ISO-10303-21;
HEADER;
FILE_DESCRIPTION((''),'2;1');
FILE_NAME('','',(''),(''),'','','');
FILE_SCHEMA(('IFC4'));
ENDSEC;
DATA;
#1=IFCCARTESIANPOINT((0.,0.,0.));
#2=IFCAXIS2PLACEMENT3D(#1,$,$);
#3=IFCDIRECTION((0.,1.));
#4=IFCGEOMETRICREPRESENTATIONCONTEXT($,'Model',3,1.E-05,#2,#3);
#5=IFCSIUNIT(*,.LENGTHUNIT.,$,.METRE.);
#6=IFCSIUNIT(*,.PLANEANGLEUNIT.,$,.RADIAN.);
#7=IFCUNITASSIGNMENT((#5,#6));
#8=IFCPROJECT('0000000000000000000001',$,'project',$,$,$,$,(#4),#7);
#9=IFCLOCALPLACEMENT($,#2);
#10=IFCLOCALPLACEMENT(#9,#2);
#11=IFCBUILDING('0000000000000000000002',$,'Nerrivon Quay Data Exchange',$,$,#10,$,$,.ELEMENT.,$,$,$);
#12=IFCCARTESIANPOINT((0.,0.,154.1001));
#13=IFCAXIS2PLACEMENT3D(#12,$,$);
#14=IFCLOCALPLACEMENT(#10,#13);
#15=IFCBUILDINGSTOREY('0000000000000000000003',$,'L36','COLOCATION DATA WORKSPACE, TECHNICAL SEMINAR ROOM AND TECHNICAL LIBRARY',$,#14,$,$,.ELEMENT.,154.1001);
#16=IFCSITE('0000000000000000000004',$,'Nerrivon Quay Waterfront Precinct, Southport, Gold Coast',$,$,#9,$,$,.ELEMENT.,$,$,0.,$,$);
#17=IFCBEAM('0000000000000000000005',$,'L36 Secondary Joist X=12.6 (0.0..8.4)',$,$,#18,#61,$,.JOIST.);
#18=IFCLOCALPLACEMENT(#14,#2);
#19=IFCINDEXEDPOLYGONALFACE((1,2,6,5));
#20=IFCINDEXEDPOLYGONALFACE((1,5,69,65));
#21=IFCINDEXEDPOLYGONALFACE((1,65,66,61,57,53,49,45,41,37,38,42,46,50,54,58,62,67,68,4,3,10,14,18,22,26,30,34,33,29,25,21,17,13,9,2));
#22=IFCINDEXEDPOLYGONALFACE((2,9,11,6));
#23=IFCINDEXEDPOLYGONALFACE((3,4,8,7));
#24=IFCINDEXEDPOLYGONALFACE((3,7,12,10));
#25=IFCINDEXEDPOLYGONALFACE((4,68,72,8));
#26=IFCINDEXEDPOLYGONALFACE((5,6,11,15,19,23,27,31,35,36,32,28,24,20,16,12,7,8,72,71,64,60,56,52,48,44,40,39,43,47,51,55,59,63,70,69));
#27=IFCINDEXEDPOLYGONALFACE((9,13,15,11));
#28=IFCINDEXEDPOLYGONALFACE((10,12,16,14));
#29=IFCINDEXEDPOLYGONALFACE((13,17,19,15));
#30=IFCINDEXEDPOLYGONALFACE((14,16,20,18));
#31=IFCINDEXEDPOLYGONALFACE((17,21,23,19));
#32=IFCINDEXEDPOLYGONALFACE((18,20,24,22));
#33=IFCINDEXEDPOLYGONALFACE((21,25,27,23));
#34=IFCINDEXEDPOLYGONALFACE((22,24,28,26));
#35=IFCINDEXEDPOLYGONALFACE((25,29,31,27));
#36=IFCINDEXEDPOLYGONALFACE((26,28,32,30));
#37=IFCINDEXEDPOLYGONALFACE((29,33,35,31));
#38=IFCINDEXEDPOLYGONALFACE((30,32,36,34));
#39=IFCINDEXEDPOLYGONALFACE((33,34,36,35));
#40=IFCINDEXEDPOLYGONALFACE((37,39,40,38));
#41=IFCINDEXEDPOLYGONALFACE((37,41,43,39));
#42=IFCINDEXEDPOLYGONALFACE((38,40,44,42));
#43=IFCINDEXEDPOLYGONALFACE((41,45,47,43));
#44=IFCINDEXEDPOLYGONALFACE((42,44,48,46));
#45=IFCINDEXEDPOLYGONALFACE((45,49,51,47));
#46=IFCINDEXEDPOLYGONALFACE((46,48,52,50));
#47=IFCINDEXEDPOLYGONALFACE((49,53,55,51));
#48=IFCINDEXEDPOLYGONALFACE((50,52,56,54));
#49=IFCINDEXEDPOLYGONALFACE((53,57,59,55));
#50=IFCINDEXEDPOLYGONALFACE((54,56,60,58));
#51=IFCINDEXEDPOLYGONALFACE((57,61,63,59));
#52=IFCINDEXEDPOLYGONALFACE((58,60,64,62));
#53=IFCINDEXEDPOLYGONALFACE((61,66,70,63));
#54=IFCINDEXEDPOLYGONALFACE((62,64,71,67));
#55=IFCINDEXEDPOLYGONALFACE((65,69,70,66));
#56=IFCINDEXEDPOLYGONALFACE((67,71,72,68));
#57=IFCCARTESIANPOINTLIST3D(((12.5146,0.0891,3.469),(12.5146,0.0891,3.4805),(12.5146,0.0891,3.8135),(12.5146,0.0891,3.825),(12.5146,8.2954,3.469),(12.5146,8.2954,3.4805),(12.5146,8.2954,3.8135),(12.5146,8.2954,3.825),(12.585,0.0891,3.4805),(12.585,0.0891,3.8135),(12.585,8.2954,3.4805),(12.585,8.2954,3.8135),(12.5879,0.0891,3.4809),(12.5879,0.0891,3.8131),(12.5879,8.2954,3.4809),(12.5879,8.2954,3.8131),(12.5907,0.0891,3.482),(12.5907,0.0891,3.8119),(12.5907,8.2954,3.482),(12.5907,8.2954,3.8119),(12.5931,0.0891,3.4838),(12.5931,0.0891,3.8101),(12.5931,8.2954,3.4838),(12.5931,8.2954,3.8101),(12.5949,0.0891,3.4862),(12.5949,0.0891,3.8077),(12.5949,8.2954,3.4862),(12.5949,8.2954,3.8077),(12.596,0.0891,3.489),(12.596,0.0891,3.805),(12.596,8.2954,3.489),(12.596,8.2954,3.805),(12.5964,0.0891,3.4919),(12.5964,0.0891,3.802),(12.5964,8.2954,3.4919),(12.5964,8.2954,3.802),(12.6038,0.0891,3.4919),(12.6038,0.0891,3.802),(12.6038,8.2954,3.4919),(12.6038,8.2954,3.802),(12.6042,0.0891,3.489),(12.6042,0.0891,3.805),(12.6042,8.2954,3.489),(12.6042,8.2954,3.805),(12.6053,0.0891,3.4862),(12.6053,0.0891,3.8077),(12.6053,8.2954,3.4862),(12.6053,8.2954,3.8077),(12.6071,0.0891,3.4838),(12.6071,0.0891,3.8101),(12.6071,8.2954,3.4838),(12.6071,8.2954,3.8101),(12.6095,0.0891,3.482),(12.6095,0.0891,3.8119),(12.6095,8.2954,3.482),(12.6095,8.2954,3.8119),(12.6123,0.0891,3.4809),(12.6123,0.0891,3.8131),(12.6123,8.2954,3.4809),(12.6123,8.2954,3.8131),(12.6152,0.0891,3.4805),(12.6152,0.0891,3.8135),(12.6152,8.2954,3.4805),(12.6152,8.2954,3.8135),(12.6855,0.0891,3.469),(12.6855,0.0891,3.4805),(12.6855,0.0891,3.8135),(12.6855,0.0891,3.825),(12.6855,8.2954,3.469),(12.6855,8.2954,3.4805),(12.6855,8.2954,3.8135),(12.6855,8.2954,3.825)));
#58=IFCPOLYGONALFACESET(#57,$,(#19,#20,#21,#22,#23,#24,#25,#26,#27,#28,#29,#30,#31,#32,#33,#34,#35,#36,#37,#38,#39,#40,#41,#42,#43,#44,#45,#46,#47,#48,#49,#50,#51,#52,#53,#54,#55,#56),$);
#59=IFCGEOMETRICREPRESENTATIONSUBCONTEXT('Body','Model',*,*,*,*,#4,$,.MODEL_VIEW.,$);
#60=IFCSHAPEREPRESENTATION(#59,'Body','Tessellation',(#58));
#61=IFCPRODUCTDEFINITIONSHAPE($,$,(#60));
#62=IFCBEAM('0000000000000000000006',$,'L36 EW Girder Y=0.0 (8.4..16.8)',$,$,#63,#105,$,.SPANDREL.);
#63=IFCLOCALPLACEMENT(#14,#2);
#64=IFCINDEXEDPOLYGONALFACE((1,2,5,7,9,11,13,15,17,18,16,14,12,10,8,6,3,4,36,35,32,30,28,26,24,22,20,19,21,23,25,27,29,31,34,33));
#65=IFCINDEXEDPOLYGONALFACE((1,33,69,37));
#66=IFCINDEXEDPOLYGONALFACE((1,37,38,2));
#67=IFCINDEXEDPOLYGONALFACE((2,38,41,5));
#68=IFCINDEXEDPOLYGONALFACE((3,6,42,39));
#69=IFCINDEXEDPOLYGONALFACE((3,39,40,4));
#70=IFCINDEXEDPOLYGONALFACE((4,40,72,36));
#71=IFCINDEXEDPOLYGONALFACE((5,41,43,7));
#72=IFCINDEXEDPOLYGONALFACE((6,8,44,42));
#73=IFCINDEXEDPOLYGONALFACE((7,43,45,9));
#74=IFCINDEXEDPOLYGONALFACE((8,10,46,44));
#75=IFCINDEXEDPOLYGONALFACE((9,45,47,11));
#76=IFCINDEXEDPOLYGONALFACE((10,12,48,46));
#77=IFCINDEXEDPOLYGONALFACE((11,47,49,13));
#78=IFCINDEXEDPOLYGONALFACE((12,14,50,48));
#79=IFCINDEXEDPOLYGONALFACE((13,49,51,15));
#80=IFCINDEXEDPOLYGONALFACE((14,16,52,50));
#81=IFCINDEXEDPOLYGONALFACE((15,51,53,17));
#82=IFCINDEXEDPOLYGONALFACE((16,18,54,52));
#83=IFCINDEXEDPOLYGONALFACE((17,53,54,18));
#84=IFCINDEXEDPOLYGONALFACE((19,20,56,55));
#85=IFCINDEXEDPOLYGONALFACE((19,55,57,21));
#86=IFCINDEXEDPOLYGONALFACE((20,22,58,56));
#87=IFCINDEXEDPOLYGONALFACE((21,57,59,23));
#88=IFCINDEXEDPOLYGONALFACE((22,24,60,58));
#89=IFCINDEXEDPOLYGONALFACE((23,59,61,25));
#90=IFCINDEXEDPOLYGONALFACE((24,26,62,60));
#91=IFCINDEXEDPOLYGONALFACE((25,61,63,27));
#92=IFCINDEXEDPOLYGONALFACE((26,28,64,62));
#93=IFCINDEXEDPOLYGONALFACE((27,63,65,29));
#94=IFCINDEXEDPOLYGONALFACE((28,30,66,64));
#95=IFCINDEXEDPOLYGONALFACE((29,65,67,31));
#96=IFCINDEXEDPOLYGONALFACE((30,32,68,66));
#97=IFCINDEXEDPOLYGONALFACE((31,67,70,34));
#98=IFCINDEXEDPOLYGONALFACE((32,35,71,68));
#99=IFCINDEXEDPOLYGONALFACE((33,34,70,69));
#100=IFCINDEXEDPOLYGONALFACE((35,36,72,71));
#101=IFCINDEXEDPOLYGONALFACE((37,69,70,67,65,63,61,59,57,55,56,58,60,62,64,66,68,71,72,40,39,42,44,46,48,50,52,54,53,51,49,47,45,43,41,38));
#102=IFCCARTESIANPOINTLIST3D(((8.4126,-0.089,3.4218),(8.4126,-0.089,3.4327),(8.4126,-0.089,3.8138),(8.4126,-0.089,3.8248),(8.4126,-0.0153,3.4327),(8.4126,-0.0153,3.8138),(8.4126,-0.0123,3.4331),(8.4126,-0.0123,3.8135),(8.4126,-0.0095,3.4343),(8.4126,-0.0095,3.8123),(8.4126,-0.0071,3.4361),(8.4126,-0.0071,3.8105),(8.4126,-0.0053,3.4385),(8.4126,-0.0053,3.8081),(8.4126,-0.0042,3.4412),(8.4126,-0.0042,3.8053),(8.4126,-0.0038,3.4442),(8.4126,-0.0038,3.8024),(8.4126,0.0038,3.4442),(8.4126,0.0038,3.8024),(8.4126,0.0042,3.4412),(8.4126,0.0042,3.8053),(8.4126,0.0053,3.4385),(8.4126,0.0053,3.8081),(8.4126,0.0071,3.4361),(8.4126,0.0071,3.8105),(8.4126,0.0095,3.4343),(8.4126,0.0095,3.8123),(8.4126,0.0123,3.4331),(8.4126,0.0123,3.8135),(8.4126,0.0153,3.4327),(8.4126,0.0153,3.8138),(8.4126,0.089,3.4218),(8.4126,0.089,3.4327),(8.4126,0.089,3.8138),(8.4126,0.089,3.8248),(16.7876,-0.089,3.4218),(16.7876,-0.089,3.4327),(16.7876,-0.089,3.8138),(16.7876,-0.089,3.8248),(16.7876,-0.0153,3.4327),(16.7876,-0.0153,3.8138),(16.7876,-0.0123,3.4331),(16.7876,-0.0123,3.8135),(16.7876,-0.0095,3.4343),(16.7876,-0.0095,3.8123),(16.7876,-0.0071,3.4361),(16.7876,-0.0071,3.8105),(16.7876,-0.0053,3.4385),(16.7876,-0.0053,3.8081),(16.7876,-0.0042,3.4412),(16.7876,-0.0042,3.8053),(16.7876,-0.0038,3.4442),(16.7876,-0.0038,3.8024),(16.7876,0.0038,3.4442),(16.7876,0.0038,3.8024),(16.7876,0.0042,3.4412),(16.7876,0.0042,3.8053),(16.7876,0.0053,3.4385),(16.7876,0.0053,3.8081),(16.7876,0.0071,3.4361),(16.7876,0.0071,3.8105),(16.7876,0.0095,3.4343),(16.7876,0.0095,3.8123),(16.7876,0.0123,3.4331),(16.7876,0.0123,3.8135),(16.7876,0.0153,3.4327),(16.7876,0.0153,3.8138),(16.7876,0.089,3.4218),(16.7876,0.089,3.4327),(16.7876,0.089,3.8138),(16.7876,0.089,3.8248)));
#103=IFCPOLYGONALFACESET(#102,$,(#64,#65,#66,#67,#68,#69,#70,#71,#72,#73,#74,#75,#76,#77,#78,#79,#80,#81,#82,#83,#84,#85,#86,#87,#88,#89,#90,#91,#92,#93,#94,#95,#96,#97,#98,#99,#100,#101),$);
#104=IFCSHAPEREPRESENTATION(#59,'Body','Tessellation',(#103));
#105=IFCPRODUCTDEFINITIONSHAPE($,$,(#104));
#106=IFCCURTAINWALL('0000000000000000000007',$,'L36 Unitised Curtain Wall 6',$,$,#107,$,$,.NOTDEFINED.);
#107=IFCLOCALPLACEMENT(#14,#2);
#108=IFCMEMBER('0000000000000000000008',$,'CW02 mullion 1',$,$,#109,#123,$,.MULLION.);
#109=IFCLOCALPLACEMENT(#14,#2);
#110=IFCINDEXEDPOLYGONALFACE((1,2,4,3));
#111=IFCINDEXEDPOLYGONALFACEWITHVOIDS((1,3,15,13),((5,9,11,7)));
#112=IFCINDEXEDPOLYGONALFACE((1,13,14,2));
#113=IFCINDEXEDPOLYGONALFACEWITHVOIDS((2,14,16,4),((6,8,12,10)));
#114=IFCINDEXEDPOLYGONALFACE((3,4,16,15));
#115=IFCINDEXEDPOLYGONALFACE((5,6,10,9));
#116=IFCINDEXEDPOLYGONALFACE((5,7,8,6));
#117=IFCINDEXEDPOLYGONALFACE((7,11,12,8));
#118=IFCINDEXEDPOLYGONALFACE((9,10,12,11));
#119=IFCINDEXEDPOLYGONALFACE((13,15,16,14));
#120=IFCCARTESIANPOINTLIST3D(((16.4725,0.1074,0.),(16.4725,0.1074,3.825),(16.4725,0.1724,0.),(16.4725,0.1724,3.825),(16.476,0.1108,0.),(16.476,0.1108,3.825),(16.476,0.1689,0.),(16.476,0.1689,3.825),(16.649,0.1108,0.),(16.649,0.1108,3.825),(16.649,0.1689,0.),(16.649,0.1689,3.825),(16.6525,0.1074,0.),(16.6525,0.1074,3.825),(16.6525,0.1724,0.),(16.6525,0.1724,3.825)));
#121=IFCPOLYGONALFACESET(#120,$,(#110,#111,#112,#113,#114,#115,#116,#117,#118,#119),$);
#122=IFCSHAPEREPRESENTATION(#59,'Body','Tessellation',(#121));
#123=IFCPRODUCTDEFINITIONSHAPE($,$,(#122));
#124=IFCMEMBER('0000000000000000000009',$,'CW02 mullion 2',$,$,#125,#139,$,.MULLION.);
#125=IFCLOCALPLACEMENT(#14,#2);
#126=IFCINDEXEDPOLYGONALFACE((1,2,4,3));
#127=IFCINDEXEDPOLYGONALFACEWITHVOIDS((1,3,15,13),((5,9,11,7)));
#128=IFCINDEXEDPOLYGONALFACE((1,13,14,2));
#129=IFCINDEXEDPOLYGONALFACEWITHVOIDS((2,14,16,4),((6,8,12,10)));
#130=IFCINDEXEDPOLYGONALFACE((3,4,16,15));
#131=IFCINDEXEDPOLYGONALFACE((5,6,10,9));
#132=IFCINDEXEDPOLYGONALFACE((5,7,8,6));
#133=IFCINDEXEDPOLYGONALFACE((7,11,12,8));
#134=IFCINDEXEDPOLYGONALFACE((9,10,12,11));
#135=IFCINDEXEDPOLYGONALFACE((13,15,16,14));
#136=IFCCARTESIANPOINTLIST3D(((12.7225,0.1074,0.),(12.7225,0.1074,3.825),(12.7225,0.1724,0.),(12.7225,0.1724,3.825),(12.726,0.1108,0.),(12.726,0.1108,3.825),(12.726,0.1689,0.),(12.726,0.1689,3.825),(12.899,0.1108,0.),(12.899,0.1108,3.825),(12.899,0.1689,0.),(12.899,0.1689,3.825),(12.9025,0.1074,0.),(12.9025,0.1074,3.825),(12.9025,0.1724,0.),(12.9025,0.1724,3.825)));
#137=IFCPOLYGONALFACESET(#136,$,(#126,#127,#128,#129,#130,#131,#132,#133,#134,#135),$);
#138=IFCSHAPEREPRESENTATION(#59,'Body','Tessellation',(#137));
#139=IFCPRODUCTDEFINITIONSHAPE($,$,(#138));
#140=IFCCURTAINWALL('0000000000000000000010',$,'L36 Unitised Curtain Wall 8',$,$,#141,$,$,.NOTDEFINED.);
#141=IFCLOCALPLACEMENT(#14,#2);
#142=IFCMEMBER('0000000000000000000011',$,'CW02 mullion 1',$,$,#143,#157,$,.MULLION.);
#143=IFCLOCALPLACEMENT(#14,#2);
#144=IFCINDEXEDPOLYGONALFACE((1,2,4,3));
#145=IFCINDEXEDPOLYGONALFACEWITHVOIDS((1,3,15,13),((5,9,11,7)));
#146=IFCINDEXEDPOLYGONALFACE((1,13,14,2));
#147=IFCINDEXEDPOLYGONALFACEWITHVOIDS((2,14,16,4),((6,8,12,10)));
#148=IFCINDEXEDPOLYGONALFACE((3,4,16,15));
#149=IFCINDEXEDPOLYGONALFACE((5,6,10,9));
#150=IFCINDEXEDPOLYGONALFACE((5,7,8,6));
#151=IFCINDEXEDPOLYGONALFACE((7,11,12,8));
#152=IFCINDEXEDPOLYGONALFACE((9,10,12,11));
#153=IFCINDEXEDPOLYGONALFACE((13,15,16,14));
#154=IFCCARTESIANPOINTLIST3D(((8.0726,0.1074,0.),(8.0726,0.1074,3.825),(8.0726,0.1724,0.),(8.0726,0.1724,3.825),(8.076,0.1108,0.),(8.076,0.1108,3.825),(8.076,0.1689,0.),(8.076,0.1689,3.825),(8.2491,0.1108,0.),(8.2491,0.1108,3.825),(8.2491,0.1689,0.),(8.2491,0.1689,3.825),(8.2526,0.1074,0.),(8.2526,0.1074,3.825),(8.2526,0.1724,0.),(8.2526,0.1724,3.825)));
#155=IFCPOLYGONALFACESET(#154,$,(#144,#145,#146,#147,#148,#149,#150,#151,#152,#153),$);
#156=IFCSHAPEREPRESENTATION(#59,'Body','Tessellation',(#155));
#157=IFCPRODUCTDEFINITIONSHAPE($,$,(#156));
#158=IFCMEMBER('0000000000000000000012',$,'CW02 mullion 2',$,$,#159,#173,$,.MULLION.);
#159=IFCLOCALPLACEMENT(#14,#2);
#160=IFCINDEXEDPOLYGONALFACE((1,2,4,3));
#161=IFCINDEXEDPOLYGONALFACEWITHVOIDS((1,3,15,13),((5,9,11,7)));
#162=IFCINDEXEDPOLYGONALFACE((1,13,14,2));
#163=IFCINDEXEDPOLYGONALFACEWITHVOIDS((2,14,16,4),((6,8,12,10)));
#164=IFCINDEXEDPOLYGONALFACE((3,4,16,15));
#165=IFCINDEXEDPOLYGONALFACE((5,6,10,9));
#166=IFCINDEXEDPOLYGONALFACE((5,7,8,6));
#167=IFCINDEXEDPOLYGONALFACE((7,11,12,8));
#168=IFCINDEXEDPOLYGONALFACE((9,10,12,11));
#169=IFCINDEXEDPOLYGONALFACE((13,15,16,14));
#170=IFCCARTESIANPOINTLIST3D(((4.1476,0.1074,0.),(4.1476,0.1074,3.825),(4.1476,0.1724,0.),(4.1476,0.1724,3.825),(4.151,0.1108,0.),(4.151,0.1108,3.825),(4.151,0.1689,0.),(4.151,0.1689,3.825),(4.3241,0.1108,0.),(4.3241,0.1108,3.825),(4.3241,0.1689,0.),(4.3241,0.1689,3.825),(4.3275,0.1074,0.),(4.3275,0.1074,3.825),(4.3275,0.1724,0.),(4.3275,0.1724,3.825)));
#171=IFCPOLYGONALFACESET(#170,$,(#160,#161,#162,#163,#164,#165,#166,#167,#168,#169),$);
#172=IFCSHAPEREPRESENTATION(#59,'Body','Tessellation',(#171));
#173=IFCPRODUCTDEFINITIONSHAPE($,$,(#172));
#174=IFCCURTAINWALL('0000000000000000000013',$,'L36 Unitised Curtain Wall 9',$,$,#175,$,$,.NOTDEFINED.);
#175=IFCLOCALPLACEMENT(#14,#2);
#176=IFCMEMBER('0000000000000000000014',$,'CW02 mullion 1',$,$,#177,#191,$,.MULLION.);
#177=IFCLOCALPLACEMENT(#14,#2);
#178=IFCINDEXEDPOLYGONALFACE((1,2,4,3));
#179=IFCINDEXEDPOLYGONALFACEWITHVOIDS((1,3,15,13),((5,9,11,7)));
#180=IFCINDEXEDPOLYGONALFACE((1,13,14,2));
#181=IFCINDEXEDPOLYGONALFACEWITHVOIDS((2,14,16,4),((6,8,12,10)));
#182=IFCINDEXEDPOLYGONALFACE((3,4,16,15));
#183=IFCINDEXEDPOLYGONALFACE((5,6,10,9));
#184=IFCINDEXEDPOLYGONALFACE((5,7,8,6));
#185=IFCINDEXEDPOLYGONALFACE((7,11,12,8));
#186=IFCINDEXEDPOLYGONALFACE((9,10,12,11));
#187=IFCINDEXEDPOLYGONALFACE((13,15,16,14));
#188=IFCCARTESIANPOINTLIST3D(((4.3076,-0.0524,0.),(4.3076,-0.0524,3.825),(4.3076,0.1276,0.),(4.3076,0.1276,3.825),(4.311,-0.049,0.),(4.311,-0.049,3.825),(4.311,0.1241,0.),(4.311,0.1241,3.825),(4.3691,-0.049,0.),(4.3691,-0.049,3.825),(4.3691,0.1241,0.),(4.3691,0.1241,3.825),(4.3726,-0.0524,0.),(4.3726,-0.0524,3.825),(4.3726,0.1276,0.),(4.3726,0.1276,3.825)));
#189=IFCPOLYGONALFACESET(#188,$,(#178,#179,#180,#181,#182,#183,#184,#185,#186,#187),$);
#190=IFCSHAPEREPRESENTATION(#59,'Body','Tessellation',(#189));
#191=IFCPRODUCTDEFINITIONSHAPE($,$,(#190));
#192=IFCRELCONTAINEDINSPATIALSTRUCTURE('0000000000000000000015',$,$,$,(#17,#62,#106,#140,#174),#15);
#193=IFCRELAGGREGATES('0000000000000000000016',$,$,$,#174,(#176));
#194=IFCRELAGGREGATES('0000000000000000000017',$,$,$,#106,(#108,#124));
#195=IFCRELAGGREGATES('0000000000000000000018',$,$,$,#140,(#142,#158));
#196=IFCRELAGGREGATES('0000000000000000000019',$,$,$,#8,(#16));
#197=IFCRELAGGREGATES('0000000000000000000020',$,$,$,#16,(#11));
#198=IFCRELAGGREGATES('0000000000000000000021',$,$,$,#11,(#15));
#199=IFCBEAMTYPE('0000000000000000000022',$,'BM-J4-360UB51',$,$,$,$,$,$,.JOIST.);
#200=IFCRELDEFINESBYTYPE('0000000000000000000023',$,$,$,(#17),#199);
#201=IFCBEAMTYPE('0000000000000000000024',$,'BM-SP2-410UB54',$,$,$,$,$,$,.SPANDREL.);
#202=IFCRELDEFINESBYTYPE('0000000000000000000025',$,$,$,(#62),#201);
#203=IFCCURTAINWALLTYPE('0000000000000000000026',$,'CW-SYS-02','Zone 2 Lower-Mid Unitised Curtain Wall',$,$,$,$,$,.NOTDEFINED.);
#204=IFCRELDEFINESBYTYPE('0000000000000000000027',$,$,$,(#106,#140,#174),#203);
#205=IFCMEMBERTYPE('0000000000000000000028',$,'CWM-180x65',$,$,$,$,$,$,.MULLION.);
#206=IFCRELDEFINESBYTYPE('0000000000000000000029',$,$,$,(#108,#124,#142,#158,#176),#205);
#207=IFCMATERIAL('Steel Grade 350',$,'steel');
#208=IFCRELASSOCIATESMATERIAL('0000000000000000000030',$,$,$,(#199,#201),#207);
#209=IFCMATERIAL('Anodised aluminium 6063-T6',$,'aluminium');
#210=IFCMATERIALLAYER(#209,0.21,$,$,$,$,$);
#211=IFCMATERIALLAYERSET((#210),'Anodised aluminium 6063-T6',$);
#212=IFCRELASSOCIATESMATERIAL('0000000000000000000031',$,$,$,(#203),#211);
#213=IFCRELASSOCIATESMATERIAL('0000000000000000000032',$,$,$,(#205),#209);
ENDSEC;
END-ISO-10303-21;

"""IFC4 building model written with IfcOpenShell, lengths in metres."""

from ifc_helpers import new_model, si_unit, direction, frame, origin, origin_2d, place, context, subcontext, project, spatial, hollow_rectangle, i_section, extrude, material, layer, layer_set, material_profile, profile_set, type_object, element, aggregate, save


model = new_model("IFC4")

# Units and contexts
model_context = context("Model", 3, precision=1e-05, world=origin(), true_north=direction((0.0, 1.0)))
body_context = subcontext(model_context, "Body", "Model", "MODEL_VIEW")
ifc_project = project(units=[si_unit("LENGTHUNIT", "METRE"), si_unit("PLANEANGLEUNIT", "RADIAN")], contexts=[model_context])

# Site, building, storey
site_placement = place(None, origin())
site = spatial("IfcSite", under=ifc_project, at=site_placement, Name="Nerrivon Quay Waterfront Precinct, Southport, Gold Coast", CompositionType="ELEMENT", RefElevation=0.0)
building_placement = place(site_placement, origin())
building = spatial("IfcBuilding", under=site, at=building_placement, Name="Nerrivon Quay Data Exchange", CompositionType="ELEMENT")
storey_placement = place(building_placement, frame((0.0, 0.0, 154.1001)))
storey = spatial("IfcBuildingStorey", under=building, at=storey_placement, Name="L36", Description="COLOCATION DATA WORKSPACE, TECHNICAL SEMINAR ROOM AND TECHNICAL LIBRARY", CompositionType="ELEMENT", Elevation=154.1001)

# Shared definitions
ifc_material_1 = material(Name="Steel Grade 350", Category="steel")

# Beams
ifc_material_profile_1 = material_profile(ifc_material_1, i_section(OverallWidth=0.1709, OverallDepth=0.356, WebThickness=0.0073, FlangeThickness=0.0115, FilletRadius=0.0115, at=origin_2d()), Name="360UB50.7")
ifc_profile_set_1 = profile_set([ifc_material_profile_1], Name="Steel Grade 350")
beam_type_1 = type_object("IfcBeamType", Name="BM-J4-360UB51", PredefinedType="JOIST", material=ifc_profile_set_1)
beam_1_placement = place(storey_placement, frame((12.6001, 0.0891, 3.647), z_axis=(0.0, 1.0, 0.0), x_axis=(-1.0, 0.0, 0.0)))
element("IfcBeam", 1, at=beam_1_placement, inside=storey, type_object=beam_type_1, Name="L36 Secondary Joist X=12.6 (0.0..8.4)", PredefinedType="JOIST", context=body_context, shape_type="SweptSolid", body=[
    extrude(i_section(OverallWidth=0.1709, OverallDepth=0.356, WebThickness=0.0073, FlangeThickness=0.0115, FilletRadius=0.0115, at=origin_2d()), origin(), (0.0, 0.0, 1.0), 8.2063),
])
ifc_material_profile_2 = material_profile(ifc_material_1, i_section(OverallWidth=0.178, OverallDepth=0.4031, WebThickness=0.0076, FlangeThickness=0.011, FilletRadius=0.0115, at=origin_2d()), Name="410UB53.7")
ifc_profile_set_2 = profile_set([ifc_material_profile_2], Name="Steel Grade 350")
beam_type_2 = type_object("IfcBeamType", Name="BM-SP2-410UB54", PredefinedType="SPANDREL", material=ifc_profile_set_2)
beam_2_placement = place(storey_placement, frame((8.4126, 0.0, 3.6233), z_axis=(1.0, 0.0, 0.0), x_axis=(0.0, 1.0, 0.0)))
element("IfcBeam", 2, at=beam_2_placement, inside=storey, type_object=beam_type_2, Name="L36 EW Girder Y=0.0 (8.4..16.8)", PredefinedType="SPANDREL", context=body_context, shape_type="SweptSolid", body=[
    extrude(i_section(OverallWidth=0.178, OverallDepth=0.4031, WebThickness=0.0076, FlangeThickness=0.011, FilletRadius=0.0115, at=origin_2d()), origin(), (0.0, 0.0, 1.0), 8.375),
])

# Curtain walls, members
ifc_material_2 = material(Name="Anodised aluminium 6063-T6", Category="aluminium")
ifc_layer_1 = layer(ifc_material_2, 0.21)
ifc_layer_set_1 = layer_set([ifc_layer_1], Name="Anodised aluminium 6063-T6")
curtain_wall_type = type_object("IfcCurtainWallType", Name="CW-SYS-02", Description="Zone 2 Lower-Mid Unitised Curtain Wall", PredefinedType="NOTDEFINED", material=ifc_layer_set_1)
curtain_wall_1_placement = place(storey_placement, origin())
curtain_wall_1 = element("IfcCurtainWall", 3, at=curtain_wall_1_placement, inside=storey, type_object=curtain_wall_type, Name="L36 Unitised Curtain Wall 6", PredefinedType="NOTDEFINED")
ifc_material_profile_3 = material_profile(ifc_material_2, hollow_rectangle(XDim=0.0649, YDim=0.1799, WallThickness=0.0034, at=origin_2d()), Name="ALU-MULL-180x65")
ifc_profile_set_3 = profile_set([ifc_material_profile_3], Name="Anodised aluminium 6063-T6")
member_type_1 = type_object("IfcMemberType", Name="CWM-180x65", PredefinedType="MULLION", material=ifc_profile_set_3)
member_1_placement = place(storey_placement, frame((16.5625, 0.1399, 0.0), z_axis=(0.0, 0.0, 1.0), x_axis=(0.0, -1.0, 0.0)))
member_1 = element("IfcMember", 4, at=member_1_placement, type_object=member_type_1, Name="CW02 mullion 1", PredefinedType="MULLION", context=body_context, shape_type="SweptSolid", body=[
    extrude(hollow_rectangle(XDim=0.0649, YDim=0.1799, WallThickness=0.0034, at=origin_2d()), origin(), (0.0, 0.0, 1.0), 3.825),
])
member_2_placement = place(storey_placement, frame((12.8125, 0.1399, 0.0), z_axis=(0.0, 0.0, 1.0), x_axis=(0.0, -1.0, 0.0)))
member_2 = element("IfcMember", 5, at=member_2_placement, type_object=member_type_1, Name="CW02 mullion 2", PredefinedType="MULLION", context=body_context, shape_type="SweptSolid", body=[
    extrude(hollow_rectangle(XDim=0.0649, YDim=0.1799, WallThickness=0.0034, at=origin_2d()), origin(), (0.0, 0.0, 1.0), 3.825),
])
curtain_wall_2_placement = place(storey_placement, origin())
curtain_wall_2 = element("IfcCurtainWall", 6, at=curtain_wall_2_placement, inside=storey, type_object=curtain_wall_type, Name="L36 Unitised Curtain Wall 8", PredefinedType="NOTDEFINED")
member_3_placement = place(storey_placement, frame((8.1626, 0.1399, 0.0), z_axis=(0.0, 0.0, 1.0), x_axis=(0.0, -1.0, 0.0)))
member_3 = element("IfcMember", 7, at=member_3_placement, type_object=member_type_1, Name="CW02 mullion 1", PredefinedType="MULLION", context=body_context, shape_type="SweptSolid", body=[
    extrude(hollow_rectangle(XDim=0.0649, YDim=0.1799, WallThickness=0.0034, at=origin_2d()), origin(), (0.0, 0.0, 1.0), 3.825),
])
member_4_placement = place(storey_placement, frame((4.2375, 0.1399, 0.0), z_axis=(0.0, 0.0, 1.0), x_axis=(0.0, -1.0, 0.0)))
member_4 = element("IfcMember", 8, at=member_4_placement, type_object=member_type_1, Name="CW02 mullion 2", PredefinedType="MULLION", context=body_context, shape_type="SweptSolid", body=[
    extrude(hollow_rectangle(XDim=0.0649, YDim=0.1799, WallThickness=0.0034, at=origin_2d()), origin(), (0.0, 0.0, 1.0), 3.825),
])

# Curtain wall, member
curtain_wall_3_placement = place(storey_placement, origin())
curtain_wall_3 = element("IfcCurtainWall", 9, at=curtain_wall_3_placement, inside=storey, type_object=curtain_wall_type, Name="L36 Unitised Curtain Wall 9", PredefinedType="NOTDEFINED")
member_5_placement = place(storey_placement, frame((4.3401, 0.0376, 0.0), z_axis=(0.0, 0.0, 1.0), x_axis=(-1.0, 0.0, 0.0)))
member_5 = element("IfcMember", 10, at=member_5_placement, type_object=member_type_1, Name="CW02 mullion 1", PredefinedType="MULLION", context=body_context, shape_type="SweptSolid", body=[
    extrude(hollow_rectangle(XDim=0.0649, YDim=0.1799, WallThickness=0.0034, at=origin_2d()), origin(), (0.0, 0.0, 1.0), 3.825),
])

aggregate(curtain_wall_3, [member_5])

aggregate(curtain_wall_1, [member_1, member_2])
aggregate(curtain_wall_2, [member_3, member_4])

save(model, "model.ifc")
